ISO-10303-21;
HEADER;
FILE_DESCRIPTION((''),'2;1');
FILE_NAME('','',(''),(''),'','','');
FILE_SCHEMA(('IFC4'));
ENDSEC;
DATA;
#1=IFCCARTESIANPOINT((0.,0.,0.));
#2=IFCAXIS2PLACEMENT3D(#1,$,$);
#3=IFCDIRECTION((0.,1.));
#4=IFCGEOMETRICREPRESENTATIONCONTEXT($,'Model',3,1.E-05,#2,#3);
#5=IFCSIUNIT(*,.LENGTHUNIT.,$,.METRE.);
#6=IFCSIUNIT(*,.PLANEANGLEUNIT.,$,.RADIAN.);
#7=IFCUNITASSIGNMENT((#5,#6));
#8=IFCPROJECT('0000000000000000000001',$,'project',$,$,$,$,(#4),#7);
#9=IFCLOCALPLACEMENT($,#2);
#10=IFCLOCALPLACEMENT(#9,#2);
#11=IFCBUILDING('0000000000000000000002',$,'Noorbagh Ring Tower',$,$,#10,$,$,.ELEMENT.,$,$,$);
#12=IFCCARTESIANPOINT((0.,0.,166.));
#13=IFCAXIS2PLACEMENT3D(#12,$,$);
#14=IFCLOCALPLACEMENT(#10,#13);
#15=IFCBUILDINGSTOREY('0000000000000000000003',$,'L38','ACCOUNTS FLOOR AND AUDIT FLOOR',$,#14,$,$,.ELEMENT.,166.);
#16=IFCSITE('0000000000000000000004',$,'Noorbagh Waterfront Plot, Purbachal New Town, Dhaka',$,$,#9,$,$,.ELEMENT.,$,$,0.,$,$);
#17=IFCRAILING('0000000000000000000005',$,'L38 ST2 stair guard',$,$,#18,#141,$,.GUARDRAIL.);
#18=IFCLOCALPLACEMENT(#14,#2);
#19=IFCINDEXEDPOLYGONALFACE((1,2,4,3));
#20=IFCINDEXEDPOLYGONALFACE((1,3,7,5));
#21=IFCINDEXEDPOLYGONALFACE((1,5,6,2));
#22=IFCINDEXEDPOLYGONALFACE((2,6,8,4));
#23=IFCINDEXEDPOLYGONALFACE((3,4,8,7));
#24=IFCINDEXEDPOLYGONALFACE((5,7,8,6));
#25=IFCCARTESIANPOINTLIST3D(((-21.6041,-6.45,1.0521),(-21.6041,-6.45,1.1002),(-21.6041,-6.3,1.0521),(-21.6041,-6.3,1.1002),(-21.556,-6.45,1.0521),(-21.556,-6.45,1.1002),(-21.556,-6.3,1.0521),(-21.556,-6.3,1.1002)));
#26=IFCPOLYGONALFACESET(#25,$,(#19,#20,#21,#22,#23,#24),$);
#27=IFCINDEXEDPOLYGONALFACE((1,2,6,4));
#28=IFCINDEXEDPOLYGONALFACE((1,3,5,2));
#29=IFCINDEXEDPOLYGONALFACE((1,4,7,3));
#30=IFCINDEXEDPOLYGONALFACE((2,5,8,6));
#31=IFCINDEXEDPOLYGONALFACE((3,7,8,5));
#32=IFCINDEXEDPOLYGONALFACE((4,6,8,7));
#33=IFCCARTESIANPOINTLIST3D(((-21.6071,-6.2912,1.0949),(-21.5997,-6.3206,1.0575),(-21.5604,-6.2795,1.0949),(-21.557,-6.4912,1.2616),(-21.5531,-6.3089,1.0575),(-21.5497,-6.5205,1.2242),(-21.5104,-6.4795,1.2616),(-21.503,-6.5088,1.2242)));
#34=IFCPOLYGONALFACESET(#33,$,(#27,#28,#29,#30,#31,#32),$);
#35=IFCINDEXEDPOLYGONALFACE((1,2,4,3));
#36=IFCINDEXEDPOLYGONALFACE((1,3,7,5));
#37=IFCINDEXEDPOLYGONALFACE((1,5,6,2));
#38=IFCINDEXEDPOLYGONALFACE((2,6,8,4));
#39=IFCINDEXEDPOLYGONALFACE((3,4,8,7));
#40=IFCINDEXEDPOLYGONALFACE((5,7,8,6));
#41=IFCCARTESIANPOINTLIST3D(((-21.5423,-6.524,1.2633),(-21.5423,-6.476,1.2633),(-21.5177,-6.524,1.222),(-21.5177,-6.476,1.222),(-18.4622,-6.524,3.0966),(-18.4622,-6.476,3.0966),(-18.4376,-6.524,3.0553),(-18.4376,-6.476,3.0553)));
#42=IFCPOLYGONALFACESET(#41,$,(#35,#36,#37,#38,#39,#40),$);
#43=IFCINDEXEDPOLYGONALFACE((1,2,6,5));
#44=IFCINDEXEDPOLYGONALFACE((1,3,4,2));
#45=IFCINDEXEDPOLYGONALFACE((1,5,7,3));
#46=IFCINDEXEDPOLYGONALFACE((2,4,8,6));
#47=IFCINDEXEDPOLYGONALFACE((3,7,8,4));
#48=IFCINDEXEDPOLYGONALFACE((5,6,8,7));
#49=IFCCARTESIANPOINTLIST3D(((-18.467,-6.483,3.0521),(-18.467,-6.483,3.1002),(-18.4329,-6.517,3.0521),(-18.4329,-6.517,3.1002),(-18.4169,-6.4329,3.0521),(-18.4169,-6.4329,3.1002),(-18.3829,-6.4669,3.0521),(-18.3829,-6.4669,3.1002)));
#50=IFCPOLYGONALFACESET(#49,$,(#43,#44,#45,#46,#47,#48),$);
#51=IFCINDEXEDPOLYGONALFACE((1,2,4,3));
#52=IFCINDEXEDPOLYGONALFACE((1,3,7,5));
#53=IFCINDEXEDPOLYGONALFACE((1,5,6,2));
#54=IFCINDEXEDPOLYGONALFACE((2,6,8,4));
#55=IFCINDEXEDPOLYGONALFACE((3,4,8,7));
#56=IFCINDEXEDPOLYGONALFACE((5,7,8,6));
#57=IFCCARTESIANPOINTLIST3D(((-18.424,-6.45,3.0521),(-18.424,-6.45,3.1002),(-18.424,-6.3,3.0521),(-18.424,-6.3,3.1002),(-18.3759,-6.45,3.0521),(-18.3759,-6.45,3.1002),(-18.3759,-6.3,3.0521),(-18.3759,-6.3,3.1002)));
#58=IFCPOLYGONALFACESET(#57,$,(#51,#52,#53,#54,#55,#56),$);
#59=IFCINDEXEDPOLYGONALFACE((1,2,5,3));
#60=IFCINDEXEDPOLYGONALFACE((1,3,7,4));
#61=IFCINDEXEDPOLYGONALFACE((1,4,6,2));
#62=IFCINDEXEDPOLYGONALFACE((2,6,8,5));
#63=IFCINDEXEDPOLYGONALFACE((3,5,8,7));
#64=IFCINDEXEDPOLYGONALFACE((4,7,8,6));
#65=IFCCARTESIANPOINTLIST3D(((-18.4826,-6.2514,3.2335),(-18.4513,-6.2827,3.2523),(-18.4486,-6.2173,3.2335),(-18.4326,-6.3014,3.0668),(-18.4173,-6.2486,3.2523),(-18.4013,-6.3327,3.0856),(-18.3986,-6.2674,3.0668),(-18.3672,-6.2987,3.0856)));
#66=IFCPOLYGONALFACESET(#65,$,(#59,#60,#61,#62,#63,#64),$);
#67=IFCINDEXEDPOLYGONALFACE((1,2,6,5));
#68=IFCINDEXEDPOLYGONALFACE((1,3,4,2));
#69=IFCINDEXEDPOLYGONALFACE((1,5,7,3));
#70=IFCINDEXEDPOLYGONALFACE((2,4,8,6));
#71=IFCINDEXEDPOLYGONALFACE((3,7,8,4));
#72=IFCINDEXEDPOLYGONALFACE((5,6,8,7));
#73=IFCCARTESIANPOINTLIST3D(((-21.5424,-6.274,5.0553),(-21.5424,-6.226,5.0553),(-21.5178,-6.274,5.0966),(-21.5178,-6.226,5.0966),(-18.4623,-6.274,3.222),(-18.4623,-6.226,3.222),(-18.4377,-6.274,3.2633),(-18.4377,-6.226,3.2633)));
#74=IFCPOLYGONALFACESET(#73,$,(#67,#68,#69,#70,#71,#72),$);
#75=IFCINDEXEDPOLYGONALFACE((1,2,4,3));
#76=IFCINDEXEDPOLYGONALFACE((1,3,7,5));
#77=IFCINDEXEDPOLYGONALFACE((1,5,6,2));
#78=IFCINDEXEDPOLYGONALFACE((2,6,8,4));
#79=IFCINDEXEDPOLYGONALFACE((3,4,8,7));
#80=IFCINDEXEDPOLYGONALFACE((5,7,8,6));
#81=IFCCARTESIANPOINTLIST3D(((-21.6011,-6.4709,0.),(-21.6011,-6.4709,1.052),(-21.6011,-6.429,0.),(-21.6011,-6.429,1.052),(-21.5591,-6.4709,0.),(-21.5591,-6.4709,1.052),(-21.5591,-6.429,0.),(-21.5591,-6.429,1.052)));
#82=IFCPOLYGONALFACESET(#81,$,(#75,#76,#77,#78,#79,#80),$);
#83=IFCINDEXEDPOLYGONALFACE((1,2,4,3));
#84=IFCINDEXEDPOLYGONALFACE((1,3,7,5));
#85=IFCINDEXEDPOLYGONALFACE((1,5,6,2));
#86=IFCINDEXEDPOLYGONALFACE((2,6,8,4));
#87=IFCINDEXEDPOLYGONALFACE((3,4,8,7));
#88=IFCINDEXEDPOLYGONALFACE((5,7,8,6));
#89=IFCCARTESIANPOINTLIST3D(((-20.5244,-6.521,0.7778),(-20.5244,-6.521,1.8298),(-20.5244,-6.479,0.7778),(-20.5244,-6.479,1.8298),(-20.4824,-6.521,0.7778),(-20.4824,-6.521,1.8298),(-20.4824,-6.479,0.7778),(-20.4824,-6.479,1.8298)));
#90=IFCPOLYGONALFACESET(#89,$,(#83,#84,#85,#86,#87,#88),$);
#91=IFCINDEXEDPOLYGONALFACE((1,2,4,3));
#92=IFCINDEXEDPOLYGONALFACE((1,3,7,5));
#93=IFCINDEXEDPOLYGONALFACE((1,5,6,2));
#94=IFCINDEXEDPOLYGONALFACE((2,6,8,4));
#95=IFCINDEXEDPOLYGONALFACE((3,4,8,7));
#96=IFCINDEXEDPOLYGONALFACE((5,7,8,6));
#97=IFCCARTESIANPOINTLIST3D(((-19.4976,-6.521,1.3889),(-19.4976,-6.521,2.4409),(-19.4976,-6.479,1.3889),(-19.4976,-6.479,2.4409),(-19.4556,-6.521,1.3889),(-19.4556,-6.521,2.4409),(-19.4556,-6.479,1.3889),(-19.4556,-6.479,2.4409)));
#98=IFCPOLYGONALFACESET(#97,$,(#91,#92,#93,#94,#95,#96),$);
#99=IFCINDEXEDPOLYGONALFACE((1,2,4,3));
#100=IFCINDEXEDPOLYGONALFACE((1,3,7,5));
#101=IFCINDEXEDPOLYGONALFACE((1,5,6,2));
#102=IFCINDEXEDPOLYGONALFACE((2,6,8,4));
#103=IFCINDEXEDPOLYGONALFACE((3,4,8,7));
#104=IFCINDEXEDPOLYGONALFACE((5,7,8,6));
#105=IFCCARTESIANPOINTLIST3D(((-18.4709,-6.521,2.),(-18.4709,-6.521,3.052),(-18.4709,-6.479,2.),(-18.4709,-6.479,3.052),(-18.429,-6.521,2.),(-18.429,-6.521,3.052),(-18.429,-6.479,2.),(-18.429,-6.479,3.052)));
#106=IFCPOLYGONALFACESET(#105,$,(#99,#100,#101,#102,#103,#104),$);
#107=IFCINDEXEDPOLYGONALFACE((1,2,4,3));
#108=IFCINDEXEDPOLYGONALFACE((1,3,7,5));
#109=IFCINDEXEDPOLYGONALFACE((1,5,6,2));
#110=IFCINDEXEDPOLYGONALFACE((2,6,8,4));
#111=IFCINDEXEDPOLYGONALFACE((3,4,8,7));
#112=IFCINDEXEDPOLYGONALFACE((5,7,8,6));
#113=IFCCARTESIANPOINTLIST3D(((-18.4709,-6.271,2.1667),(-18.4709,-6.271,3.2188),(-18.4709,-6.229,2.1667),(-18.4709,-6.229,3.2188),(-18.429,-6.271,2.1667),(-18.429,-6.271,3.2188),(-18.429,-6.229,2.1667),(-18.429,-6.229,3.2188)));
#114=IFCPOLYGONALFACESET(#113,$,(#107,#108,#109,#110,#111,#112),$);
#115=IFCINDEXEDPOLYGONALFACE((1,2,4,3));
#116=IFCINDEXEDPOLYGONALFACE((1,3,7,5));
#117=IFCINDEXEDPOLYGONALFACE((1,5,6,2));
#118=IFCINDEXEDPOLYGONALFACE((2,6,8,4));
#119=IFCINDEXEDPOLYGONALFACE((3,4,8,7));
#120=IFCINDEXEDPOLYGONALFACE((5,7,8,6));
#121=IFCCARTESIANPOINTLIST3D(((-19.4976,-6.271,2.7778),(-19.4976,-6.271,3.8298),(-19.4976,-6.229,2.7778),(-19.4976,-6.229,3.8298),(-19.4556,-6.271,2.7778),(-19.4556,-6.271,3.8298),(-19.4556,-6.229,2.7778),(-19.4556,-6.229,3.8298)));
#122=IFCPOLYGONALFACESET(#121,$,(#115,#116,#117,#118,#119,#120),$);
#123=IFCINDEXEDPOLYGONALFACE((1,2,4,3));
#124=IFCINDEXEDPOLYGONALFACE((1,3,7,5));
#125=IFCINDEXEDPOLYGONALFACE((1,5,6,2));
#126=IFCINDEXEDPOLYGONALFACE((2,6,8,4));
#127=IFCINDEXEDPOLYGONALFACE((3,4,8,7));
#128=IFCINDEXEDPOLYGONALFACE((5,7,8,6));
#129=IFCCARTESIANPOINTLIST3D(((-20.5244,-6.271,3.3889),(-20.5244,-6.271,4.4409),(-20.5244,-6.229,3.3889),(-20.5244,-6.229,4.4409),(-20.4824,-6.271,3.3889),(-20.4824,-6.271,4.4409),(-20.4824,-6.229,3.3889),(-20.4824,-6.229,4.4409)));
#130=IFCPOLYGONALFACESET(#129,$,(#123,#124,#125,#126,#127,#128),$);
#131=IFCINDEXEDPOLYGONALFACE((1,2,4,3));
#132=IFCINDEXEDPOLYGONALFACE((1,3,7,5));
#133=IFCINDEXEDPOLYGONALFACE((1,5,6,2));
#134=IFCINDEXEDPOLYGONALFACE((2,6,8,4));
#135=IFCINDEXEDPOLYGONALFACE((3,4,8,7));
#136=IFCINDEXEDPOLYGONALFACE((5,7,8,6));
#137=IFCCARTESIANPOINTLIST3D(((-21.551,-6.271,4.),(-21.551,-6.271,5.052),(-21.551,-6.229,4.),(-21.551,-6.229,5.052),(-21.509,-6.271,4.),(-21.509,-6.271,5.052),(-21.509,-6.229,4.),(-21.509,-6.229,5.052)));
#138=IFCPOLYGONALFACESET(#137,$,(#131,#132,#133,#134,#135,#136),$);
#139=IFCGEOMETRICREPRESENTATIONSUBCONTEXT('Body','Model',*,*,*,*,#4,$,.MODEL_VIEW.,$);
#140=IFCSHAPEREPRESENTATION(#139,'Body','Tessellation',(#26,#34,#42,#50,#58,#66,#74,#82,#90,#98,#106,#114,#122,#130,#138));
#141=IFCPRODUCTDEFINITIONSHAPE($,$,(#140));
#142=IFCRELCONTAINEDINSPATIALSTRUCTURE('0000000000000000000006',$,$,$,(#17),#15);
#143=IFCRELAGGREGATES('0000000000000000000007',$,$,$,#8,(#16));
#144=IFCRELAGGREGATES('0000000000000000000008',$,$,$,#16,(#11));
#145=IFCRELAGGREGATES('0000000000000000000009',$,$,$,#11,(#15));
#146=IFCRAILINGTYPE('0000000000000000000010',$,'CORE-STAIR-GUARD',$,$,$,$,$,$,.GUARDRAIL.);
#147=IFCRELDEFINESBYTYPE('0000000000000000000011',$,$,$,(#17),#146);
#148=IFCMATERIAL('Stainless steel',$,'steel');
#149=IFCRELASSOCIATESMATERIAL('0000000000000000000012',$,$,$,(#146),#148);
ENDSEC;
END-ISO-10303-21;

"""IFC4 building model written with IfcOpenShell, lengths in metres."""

from ifc_helpers import new_model, si_unit, direction, frame, origin, origin_2d, place, context, subcontext, project, spatial, rectangle, extrude, material, type_object, element, save


model = new_model("IFC4")

# Units and contexts
model_context = context("Model", 3, precision=1e-05, world=origin(), true_north=direction((0.0, 1.0)))
body_context = subcontext(model_context, "Body", "Model", "MODEL_VIEW")
ifc_project = project(units=[si_unit("LENGTHUNIT", "METRE"), si_unit("PLANEANGLEUNIT", "RADIAN")], contexts=[model_context])

# Site, building, storey
site_placement = place(None, origin())
site = spatial("IfcSite", under=ifc_project, at=site_placement, Name="Noorbagh Waterfront Plot, Purbachal New Town, Dhaka", CompositionType="ELEMENT", RefElevation=0.0)
building_placement = place(site_placement, origin())
building = spatial("IfcBuilding", under=site, at=building_placement, Name="Noorbagh Ring Tower", CompositionType="ELEMENT")
storey_placement = place(building_placement, frame((0.0, 0.0, 166.0)))
storey = spatial("IfcBuildingStorey", under=building, at=storey_placement, Name="L38", Description="ACCOUNTS FLOOR AND AUDIT FLOOR", CompositionType="ELEMENT", Elevation=166.0)

# Railing
ifc_material_1 = material(Name="Stainless steel", Category="steel")
railing_type_1 = type_object("IfcRailingType", Name="CORE-STAIR-GUARD", PredefinedType="GUARDRAIL", material=ifc_material_1)
railing_1_placement = place(storey_placement, frame((-21.5801, -6.45, 0.0)))
element("IfcRailing", 1, at=railing_1_placement, inside=storey, type_object=railing_type_1, Name="L38 ST2 stair guard", PredefinedType="GUARDRAIL", context=body_context, shape_type="SweptSolid", body=[
    extrude(rectangle(XDim=0.0481, YDim=0.0481, at=origin_2d()), frame((0.0, 0.0, 1.0762), z_axis=(0.0, 1.0, 0.0), x_axis=(-1.0, 0.0, 0.0)), (0.0, 0.0, 1.0), 0.1499),
    extrude(rectangle(XDim=0.0481, YDim=0.0481, at=origin_2d()), frame((0.0, 0.1499, 1.0762), z_axis=(0.188776, -0.754182, 0.628946), x_axis=(0.970073, 0.242814, 0.0)), (0.0, 0.0, 1.0), 0.2651),
    extrude(rectangle(XDim=0.0481, YDim=0.0481, at=origin_2d()), frame((0.05, -0.05, 1.2427), z_axis=(0.859309, 0.0, 0.511458), x_axis=(0.0, 1.0, 0.0)), (0.0, 0.0, 1.0), 3.5845),
    extrude(rectangle(XDim=0.0481, YDim=0.0481, at=origin_2d()), frame((3.1301, -0.05, 3.0762), z_axis=(0.707107, 0.707107, 0.0), x_axis=(-0.707107, 0.707107, 0.0)), (0.0, 0.0, 1.0), 0.0708),
    extrude(rectangle(XDim=0.0481, YDim=0.0481, at=origin_2d()), frame((3.1802, 0.0, 3.0762), z_axis=(0.0, 1.0, 0.0), x_axis=(-1.0, 0.0, 0.0)), (0.0, 0.0, 1.0), 0.1499),
    extrude(rectangle(XDim=0.0481, YDim=0.0481, at=origin_2d()), frame((3.1802, 0.1499, 3.0762), z_axis=(-0.276287, 0.276287, 0.920506), x_axis=(-0.707107, -0.707107, 0.0)), (0.0, 0.0, 1.0), 0.1812),
    extrude(rectangle(XDim=0.0481, YDim=0.0481, at=origin_2d()), frame((3.1301, 0.2, 3.2427), z_axis=(-0.859309, 0.0, 0.511458), x_axis=(0.0, -1.0, 0.0)), (0.0, 0.0, 1.0), 3.5845),
    extrude(rectangle(XDim=0.042, YDim=0.042, at=origin_2d()), origin(), (0.0, 0.0, 1.0), 1.052),
    extrude(rectangle(XDim=0.042, YDim=0.042, at=origin_2d()), frame((1.0767, -0.05, 0.7778)), (0.0, 0.0, 1.0), 1.052),
    extrude(rectangle(XDim=0.042, YDim=0.042, at=origin_2d()), frame((2.1035, -0.05, 1.3889)), (0.0, 0.0, 1.0), 1.052),
    extrude(rectangle(XDim=0.042, YDim=0.042, at=origin_2d()), frame((3.1301, -0.05, 2.0)), (0.0, 0.0, 1.0), 1.052),
    extrude(rectangle(XDim=0.042, YDim=0.042, at=origin_2d()), frame((3.1301, 0.2, 2.1667)), (0.0, 0.0, 1.0), 1.052),
    extrude(rectangle(XDim=0.042, YDim=0.042, at=origin_2d()), frame((2.1035, 0.2, 2.7778)), (0.0, 0.0, 1.0), 1.052),
    extrude(rectangle(XDim=0.042, YDim=0.042, at=origin_2d()), frame((1.0767, 0.2, 3.3889)), (0.0, 0.0, 1.0), 1.052),
    extrude(rectangle(XDim=0.042, YDim=0.042, at=origin_2d()), frame((0.05, 0.2, 4.0)), (0.0, 0.0, 1.0), 1.052),
])

save(model, "model.ifc")
